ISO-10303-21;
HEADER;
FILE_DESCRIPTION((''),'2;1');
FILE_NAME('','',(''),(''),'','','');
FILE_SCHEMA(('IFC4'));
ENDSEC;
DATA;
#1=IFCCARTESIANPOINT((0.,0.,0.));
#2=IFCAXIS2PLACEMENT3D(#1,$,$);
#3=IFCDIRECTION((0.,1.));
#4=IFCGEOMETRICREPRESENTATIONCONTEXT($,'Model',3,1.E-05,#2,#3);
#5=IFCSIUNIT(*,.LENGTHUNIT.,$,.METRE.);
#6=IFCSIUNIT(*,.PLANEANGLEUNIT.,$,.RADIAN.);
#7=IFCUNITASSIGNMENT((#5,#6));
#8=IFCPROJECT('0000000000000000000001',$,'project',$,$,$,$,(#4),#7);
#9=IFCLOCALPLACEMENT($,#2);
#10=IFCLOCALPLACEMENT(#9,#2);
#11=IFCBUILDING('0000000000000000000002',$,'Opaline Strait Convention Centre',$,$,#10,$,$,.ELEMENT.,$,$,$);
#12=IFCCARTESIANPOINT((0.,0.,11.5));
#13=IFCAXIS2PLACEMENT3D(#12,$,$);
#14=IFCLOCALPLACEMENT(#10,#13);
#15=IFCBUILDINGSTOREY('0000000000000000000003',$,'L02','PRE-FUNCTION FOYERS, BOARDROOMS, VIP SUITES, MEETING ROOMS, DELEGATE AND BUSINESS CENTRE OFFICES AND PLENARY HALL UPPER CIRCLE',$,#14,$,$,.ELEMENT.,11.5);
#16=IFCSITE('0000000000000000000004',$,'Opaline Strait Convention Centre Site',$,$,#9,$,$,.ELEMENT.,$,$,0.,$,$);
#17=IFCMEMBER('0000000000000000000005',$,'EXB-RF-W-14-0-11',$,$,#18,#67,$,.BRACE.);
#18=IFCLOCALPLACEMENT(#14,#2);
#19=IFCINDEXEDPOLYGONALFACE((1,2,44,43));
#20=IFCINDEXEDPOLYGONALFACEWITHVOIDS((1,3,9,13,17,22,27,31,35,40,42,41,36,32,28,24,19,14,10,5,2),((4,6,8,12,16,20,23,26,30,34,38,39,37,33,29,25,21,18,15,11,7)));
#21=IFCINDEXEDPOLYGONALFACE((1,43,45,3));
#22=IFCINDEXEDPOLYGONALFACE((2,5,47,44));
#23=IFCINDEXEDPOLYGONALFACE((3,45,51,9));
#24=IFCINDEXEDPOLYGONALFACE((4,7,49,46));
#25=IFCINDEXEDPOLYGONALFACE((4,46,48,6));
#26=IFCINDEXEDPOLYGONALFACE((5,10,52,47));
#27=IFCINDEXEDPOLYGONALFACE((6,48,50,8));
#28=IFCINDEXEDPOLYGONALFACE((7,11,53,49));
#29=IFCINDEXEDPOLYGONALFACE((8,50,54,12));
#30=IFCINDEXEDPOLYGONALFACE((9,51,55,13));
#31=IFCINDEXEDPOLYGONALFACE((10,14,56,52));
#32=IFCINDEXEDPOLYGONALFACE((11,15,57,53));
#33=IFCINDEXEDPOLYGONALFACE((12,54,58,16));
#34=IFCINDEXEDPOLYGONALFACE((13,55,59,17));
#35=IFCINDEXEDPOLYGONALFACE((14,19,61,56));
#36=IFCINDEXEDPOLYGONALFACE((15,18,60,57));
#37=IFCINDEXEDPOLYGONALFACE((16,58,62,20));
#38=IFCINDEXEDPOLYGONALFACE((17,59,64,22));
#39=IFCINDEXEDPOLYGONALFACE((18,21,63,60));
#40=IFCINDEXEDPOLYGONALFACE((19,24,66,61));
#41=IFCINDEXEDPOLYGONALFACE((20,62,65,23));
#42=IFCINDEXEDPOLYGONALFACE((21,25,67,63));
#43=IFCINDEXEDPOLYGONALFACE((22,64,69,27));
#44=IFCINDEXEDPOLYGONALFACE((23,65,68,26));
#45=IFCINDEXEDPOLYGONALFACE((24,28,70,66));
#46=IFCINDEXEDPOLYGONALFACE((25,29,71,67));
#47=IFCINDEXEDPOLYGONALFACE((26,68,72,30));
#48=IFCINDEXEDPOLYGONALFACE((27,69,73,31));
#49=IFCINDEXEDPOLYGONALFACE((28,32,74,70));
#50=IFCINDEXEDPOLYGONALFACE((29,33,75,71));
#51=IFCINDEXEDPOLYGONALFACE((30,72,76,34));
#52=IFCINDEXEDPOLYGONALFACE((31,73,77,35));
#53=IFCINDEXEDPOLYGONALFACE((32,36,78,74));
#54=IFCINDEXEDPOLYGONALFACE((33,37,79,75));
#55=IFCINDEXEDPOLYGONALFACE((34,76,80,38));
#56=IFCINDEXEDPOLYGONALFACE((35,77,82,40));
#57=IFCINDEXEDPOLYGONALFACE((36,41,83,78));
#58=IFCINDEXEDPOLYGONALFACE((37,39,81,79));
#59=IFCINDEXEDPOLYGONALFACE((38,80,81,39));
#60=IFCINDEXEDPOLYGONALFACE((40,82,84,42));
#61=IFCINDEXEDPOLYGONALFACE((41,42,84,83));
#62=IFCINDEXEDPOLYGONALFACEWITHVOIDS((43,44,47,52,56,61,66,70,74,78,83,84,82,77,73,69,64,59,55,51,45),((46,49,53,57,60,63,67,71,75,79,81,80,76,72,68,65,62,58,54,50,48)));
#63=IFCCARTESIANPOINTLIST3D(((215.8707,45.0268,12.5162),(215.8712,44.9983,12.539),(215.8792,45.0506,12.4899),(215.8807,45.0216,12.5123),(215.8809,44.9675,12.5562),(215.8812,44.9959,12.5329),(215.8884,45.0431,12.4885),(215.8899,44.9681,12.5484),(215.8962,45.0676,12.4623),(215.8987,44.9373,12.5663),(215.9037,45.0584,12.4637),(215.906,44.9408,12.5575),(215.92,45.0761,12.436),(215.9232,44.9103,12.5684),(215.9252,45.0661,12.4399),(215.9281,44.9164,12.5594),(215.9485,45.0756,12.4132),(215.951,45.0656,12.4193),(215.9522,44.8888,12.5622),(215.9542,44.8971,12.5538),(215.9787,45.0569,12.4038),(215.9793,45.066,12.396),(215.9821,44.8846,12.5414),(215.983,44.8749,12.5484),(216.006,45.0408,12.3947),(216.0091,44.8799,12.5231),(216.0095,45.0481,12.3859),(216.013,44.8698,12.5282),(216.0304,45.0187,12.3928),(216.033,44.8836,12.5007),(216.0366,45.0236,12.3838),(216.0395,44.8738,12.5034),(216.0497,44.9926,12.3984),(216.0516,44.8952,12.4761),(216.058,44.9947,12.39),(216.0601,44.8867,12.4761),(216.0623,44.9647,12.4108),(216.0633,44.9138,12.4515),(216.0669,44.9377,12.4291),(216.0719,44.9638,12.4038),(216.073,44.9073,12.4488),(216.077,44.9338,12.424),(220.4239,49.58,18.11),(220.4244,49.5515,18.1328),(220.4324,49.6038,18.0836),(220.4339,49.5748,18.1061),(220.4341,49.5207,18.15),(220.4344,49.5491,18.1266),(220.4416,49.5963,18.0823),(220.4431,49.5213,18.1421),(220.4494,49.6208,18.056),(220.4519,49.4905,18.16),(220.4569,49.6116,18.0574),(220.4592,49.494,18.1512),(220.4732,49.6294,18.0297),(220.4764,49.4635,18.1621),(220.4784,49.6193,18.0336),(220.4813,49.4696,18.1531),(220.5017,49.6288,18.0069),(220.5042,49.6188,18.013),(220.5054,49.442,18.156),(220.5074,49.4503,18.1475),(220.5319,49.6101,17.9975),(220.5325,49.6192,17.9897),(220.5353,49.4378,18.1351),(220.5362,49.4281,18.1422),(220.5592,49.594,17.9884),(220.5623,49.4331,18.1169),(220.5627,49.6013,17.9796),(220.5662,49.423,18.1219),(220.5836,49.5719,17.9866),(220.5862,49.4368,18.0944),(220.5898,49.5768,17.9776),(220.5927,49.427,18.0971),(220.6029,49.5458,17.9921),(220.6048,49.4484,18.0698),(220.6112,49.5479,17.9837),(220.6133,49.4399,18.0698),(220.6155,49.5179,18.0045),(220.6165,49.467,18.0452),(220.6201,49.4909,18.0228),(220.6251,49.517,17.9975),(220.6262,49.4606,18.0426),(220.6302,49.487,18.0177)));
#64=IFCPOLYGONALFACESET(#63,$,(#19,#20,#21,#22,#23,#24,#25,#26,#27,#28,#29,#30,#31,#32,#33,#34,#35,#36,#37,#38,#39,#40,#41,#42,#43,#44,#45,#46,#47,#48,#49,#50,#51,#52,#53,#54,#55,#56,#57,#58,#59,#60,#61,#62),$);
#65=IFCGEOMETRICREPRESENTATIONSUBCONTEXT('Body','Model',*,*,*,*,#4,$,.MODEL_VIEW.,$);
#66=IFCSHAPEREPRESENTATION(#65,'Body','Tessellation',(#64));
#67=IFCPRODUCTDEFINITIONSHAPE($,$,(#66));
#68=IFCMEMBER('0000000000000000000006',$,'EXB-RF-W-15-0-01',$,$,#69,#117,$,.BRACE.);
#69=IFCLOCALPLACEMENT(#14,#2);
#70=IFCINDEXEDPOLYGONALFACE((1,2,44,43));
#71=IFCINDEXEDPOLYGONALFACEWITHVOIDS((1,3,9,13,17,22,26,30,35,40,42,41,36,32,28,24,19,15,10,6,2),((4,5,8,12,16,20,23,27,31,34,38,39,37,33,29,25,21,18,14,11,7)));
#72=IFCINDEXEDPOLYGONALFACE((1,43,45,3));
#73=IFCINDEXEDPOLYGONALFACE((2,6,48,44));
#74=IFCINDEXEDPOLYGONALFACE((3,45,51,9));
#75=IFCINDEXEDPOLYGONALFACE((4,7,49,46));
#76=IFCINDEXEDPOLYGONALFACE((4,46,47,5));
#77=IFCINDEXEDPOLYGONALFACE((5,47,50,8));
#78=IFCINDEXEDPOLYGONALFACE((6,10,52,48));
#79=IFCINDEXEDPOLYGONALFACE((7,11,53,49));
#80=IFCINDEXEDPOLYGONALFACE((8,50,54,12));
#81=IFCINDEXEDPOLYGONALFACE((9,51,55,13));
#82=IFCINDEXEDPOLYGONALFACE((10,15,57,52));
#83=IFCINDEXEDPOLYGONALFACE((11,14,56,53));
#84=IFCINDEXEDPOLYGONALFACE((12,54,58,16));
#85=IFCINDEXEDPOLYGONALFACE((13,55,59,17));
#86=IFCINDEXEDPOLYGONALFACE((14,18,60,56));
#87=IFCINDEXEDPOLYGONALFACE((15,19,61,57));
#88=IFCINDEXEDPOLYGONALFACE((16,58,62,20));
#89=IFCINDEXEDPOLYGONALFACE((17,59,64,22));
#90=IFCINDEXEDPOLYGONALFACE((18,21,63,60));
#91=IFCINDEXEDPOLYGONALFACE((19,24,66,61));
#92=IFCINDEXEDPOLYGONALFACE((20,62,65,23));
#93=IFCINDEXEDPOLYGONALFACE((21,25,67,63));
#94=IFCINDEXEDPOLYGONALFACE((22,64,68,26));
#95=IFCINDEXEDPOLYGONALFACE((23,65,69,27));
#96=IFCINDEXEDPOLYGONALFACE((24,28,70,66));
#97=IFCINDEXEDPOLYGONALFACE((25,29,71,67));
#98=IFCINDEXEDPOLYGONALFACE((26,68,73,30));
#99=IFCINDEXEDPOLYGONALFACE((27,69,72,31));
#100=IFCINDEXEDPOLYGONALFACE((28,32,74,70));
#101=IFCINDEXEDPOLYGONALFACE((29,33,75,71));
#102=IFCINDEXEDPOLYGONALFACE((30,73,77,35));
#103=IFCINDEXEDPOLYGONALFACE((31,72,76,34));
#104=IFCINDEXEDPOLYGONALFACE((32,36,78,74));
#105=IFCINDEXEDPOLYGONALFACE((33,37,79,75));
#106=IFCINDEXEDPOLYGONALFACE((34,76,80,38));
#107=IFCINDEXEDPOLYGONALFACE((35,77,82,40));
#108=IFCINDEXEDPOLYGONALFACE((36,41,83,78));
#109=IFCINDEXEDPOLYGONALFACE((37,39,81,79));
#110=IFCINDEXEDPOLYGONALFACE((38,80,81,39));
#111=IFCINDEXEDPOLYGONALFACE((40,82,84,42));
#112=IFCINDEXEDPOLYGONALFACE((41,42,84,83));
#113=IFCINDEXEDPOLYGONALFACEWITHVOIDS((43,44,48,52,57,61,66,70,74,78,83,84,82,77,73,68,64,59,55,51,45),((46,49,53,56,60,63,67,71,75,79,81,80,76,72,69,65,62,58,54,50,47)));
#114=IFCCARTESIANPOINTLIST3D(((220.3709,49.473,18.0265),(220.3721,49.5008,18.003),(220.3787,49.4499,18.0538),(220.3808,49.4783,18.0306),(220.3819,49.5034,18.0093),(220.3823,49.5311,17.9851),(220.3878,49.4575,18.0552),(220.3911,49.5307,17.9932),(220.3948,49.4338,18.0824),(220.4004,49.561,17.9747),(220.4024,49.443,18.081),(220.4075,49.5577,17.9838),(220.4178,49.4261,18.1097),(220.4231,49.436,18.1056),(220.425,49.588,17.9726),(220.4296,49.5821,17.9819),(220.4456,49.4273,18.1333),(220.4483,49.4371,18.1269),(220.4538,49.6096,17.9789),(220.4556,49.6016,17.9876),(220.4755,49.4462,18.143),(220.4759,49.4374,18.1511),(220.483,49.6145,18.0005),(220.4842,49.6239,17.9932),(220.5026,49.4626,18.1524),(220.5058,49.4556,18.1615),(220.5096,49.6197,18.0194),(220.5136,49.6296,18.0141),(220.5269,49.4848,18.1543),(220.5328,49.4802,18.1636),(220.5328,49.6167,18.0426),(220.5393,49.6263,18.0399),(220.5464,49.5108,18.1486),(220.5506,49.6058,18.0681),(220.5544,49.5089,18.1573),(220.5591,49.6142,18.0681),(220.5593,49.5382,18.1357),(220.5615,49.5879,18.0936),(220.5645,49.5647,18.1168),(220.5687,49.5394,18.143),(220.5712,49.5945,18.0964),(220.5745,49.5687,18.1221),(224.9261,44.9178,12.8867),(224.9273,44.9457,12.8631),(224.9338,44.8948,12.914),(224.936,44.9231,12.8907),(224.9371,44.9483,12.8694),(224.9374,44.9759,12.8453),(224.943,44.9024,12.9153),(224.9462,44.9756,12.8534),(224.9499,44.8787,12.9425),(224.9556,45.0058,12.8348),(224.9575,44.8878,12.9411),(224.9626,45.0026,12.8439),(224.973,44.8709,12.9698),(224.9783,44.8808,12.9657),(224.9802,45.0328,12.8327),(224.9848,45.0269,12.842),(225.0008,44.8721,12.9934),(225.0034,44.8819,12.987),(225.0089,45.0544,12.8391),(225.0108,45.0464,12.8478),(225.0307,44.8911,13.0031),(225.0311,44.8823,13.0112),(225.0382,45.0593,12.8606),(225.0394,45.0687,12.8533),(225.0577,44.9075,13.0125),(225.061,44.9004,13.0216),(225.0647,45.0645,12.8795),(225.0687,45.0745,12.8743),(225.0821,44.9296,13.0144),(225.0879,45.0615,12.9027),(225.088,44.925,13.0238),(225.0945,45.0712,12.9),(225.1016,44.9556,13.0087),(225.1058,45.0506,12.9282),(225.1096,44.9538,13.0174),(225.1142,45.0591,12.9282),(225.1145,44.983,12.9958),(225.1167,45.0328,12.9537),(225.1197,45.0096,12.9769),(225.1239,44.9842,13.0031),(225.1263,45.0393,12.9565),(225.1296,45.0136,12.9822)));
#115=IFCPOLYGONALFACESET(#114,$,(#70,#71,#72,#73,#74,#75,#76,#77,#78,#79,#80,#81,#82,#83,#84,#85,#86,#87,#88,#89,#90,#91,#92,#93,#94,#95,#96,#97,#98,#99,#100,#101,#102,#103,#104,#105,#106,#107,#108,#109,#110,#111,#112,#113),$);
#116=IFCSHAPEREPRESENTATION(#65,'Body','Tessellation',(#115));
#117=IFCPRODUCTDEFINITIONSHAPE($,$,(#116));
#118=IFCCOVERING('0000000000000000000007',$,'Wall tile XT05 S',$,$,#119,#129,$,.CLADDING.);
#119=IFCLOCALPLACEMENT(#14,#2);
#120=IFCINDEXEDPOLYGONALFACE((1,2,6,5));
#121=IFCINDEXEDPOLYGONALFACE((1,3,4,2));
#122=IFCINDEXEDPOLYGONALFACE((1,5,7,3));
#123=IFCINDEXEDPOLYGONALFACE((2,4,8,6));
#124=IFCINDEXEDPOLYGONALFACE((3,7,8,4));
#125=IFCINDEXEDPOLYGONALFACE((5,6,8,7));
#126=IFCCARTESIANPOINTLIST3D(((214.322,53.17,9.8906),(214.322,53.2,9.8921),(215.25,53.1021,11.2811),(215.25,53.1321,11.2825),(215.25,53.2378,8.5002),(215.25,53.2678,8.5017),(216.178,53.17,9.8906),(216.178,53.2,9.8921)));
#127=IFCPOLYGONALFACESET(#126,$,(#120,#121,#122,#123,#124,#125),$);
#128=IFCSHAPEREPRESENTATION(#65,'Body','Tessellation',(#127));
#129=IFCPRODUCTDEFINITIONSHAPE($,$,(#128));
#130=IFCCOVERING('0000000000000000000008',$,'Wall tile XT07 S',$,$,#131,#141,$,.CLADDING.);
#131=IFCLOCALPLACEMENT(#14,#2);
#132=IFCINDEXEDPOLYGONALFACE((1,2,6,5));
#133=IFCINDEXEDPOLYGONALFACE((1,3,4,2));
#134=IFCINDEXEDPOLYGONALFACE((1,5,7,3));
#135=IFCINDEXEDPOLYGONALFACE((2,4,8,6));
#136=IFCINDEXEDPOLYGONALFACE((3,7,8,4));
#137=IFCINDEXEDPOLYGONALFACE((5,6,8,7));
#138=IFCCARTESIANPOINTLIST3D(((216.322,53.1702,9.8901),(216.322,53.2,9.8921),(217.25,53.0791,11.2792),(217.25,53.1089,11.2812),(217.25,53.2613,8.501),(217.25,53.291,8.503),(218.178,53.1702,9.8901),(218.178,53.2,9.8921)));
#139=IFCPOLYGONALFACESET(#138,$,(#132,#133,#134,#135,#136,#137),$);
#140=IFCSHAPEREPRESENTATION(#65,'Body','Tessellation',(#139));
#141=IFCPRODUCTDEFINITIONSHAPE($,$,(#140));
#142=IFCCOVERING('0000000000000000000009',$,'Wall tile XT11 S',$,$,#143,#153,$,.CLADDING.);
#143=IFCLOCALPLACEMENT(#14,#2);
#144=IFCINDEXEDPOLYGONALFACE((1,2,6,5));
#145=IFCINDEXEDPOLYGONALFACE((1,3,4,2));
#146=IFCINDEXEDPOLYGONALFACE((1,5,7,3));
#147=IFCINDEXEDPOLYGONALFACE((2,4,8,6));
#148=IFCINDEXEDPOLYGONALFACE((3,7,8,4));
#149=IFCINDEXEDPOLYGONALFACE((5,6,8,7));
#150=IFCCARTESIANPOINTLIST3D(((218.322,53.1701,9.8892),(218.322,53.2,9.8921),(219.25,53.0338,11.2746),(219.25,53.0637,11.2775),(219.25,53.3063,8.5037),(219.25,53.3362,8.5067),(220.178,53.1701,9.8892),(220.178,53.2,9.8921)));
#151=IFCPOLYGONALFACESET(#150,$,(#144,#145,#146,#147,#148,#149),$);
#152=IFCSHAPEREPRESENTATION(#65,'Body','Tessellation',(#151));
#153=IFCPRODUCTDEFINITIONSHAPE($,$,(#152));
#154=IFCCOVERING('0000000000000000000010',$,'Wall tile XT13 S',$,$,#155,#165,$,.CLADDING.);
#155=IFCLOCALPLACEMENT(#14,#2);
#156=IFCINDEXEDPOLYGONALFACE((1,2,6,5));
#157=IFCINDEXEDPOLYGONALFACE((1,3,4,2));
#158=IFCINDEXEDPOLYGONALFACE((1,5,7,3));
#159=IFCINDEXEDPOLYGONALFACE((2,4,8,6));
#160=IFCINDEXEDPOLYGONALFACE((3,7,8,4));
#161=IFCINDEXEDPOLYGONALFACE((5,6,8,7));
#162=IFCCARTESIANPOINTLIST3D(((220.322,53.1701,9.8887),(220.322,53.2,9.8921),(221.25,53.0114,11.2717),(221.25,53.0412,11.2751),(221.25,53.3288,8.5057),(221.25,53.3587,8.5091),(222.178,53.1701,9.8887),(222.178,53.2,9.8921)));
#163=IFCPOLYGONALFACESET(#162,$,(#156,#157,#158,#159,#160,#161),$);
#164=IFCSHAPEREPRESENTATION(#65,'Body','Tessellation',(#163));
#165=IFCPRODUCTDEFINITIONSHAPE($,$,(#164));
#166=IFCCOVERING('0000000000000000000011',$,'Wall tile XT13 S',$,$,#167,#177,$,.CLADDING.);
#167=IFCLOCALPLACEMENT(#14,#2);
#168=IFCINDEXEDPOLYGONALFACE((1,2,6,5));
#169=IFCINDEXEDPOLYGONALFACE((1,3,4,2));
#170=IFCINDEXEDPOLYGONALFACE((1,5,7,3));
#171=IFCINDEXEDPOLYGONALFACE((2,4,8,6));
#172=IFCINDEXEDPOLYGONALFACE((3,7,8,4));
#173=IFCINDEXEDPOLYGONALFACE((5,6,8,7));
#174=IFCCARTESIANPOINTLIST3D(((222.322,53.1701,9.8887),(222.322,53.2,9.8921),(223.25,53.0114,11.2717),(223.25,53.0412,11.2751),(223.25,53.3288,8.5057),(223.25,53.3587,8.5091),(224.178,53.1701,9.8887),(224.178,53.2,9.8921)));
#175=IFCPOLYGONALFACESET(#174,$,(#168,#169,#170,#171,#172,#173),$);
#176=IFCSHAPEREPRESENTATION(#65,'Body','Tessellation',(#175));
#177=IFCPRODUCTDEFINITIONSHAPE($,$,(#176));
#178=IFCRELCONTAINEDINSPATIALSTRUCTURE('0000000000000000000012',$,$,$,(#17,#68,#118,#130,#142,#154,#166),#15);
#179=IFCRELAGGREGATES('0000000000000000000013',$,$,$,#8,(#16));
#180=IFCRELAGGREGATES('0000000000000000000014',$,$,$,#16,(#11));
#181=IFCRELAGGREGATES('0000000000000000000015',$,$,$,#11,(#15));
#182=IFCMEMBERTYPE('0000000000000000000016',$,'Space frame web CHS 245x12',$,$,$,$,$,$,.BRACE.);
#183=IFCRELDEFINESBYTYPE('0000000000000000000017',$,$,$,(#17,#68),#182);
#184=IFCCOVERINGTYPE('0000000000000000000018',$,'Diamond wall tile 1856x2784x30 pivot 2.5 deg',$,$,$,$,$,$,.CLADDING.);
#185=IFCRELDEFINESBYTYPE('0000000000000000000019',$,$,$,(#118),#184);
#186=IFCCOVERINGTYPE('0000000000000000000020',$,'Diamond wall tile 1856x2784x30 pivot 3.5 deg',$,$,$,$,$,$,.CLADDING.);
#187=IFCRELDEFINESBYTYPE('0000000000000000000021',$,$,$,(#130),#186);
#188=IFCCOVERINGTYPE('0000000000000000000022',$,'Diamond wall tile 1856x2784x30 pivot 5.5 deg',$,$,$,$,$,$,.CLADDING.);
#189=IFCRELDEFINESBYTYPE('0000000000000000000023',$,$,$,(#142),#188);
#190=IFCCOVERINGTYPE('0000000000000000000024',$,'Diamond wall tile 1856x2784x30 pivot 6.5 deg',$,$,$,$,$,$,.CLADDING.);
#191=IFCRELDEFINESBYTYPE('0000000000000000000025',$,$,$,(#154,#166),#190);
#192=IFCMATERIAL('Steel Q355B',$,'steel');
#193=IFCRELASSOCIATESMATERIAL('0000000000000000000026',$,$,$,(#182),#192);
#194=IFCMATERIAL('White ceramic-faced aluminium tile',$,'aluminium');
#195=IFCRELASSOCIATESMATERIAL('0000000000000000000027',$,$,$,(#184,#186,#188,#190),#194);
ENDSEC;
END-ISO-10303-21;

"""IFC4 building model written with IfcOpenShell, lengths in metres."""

from ifc_helpers import new_model, si_unit, direction, frame, origin, origin_2d, place, context, subcontext, project, spatial, polyline, hollow_circle, outline, extrude, material, material_profile, profile_set, type_object, element, save


model = new_model("IFC4")

# Units and contexts
model_context = context("Model", 3, precision=1e-05, world=origin(), true_north=direction((0.0, 1.0)))
body_context = subcontext(model_context, "Body", "Model", "MODEL_VIEW")
ifc_project = project(units=[si_unit("LENGTHUNIT", "METRE"), si_unit("PLANEANGLEUNIT", "RADIAN")], contexts=[model_context])

# Site, building, storey
site_placement = place(None, origin())
site = spatial("IfcSite", under=ifc_project, at=site_placement, Name="Opaline Strait Convention Centre Site", CompositionType="ELEMENT", RefElevation=0.0)
building_placement = place(site_placement, origin())
building = spatial("IfcBuilding", under=site, at=building_placement, Name="Opaline Strait Convention Centre", CompositionType="ELEMENT")
storey_placement = place(building_placement, frame((0.0, 0.0, 11.5)))
storey = spatial("IfcBuildingStorey", under=building, at=storey_placement, Name="L02", Description="PRE-FUNCTION FOYERS, BOARDROOMS, VIP SUITES, MEETING ROOMS, DELEGATE AND BUSINESS CENTRE OFFICES AND PLENARY HALL UPPER CIRCLE", CompositionType="ELEMENT", Elevation=11.5)

# Members
ifc_material_1 = material(Name="Steel Q355B", Category="steel")
ifc_material_profile_1 = material_profile(ifc_material_1, hollow_circle(Radius=0.1226, WallThickness=0.012, at=origin_2d()), Name="CHS 245x12")
ifc_profile_set_1 = profile_set([ifc_material_profile_1], Name="Steel Q355B")
member_type_1 = type_object("IfcMemberType", Name="Space frame web CHS 245x12", PredefinedType="BRACE", material=ifc_profile_set_1)
member_1_placement = place(storey_placement, frame((220.5266, 49.5266, 18.0698), z_axis=(-0.533816, -0.533816, -0.655806), x_axis=(0.707107, -0.707107, 0.0)))
element("IfcMember", 1, at=member_1_placement, inside=storey, type_object=member_type_1, Name="EXB-RF-W-14-0-11", PredefinedType="BRACE", context=body_context, shape_type="SweptSolid", body=[
    extrude(hollow_circle(Radius=0.1226, WallThickness=0.012, at=origin_2d()), origin(), (0.0, 0.0, 1.0), 8.5295),
])
member_2_placement = place(storey_placement, frame((220.4724, 49.5276, 18.0681), z_axis=(0.552731, -0.552731, -0.623681), x_axis=(0.707107, 0.707107, 0.0)))
element("IfcMember", 2, at=member_2_placement, inside=storey, type_object=member_type_1, Name="EXB-RF-W-15-0-01", PredefinedType="BRACE", context=body_context, shape_type="SweptSolid", body=[
    extrude(hollow_circle(Radius=0.1226, WallThickness=0.012, at=origin_2d()), origin(), (0.0, 0.0, 1.0), 8.2412),
])

# Coverings
ifc_material_2 = material(Name="White ceramic-faced aluminium tile", Category="aluminium")
ifc_material_profile_2 = material_profile(ifc_material_2, outline(polyline([(0.928, 0.0), (0.0, 1.3921), (-0.928, 0.0), (0.0, -1.3921), (0.928, 0.0)])), Name="Diamond tile 1856x2784")
ifc_profile_set_2 = profile_set([ifc_material_profile_2], Name="White ceramic-faced aluminium tile")
covering_type_1 = type_object("IfcCoveringType", Name="Diamond wall tile 1856x2784x30 pivot 2.5 deg", PredefinedType="CLADDING", material=ifc_profile_set_2)
covering_1_placement = place(storey_placement, frame((215.25, 53.2, 9.8921), z_axis=(0.0, -0.998812, -0.048723), x_axis=(1.0, 0.0, 0.0)))
element("IfcCovering", 3, at=covering_1_placement, inside=storey, type_object=covering_type_1, Name="Wall tile XT05 S", PredefinedType="CLADDING", context=body_context, shape_type="SweptSolid", body=[
    extrude(outline(polyline([(0.928, 0.0), (0.0, 1.3921), (-0.928, 0.0), (0.0, -1.3921), (0.928, 0.0)])), origin(), (0.0, 0.0, 1.0), 0.03),
])
ifc_material_profile_3 = material_profile(ifc_material_2, outline(polyline([(0.928, 0.0), (0.0, 1.3921), (-0.928, 0.0), (0.0, -1.3921), (0.928, 0.0)])), Name="Diamond tile 1856x2784")
ifc_profile_set_3 = profile_set([ifc_material_profile_3], Name="White ceramic-faced aluminium tile")
covering_type_2 = type_object("IfcCoveringType", Name="Diamond wall tile 1856x2784x30 pivot 3.5 deg", PredefinedType="CLADDING", material=ifc_profile_set_3)
covering_2_placement = place(storey_placement, frame((217.25, 53.2, 9.8921), z_axis=(0.0, -0.997857, -0.065433), x_axis=(1.0, 0.0, 0.0)))
element("IfcCovering", 4, at=covering_2_placement, inside=storey, type_object=covering_type_2, Name="Wall tile XT07 S", PredefinedType="CLADDING", context=body_context, shape_type="SweptSolid", body=[
    extrude(outline(polyline([(0.928, 0.0), (0.0, 1.3921), (-0.928, 0.0), (0.0, -1.3921), (0.928, 0.0)])), origin(), (0.0, 0.0, 1.0), 0.0298),
])
ifc_material_profile_4 = material_profile(ifc_material_2, outline(polyline([(0.928, 0.0), (0.0, 1.3921), (-0.928, 0.0), (0.0, -1.3921), (0.928, 0.0)])), Name="Diamond tile 1856x2784")
ifc_profile_set_4 = profile_set([ifc_material_profile_4], Name="White ceramic-faced aluminium tile")
covering_type_3 = type_object("IfcCoveringType", Name="Diamond wall tile 1856x2784x30 pivot 5.5 deg", PredefinedType="CLADDING", material=ifc_profile_set_4)
covering_3_placement = place(storey_placement, frame((219.25, 53.2, 9.8921), z_axis=(0.0, -0.995197, -0.097888), x_axis=(1.0, 0.0, 0.0)))
element("IfcCovering", 5, at=covering_3_placement, inside=storey, type_object=covering_type_3, Name="Wall tile XT11 S", PredefinedType="CLADDING", context=body_context, shape_type="SweptSolid", body=[
    extrude(outline(polyline([(0.928, 0.0), (0.0, 1.3921), (-0.928, 0.0), (0.0, -1.3921), (0.928, 0.0)])), origin(), (0.0, 0.0, 1.0), 0.03),
])
ifc_material_profile_5 = material_profile(ifc_material_2, outline(polyline([(0.928, 0.0), (0.0, 1.3921), (-0.928, 0.0), (0.0, -1.3921), (0.928, 0.0)])), Name="Diamond tile 1856x2784")
ifc_profile_set_5 = profile_set([ifc_material_profile_5], Name="White ceramic-faced aluminium tile")
covering_type_4 = type_object("IfcCoveringType", Name="Diamond wall tile 1856x2784x30 pivot 6.5 deg", PredefinedType="CLADDING", material=ifc_profile_set_5)
for number, where, z_axis, x_axis, name in (
    (6, (221.25, 53.2, 9.8921), (0.0, -0.99348, -0.114006), (1.0, 0.0, 0.0), "Wall tile XT13 S"),
    (7, (223.25, 53.2, 9.8921), (0.0, -0.99348, -0.114006), (1.0, 0.0, 0.0), "Wall tile XT13 S"),
):
    element("IfcCovering", number, at=place(storey_placement, frame(where, z_axis=z_axis, x_axis=x_axis)), inside=storey, type_object=covering_type_4, Name=name, PredefinedType="CLADDING", context=body_context, shape_type="SweptSolid", body=[
        extrude(outline(polyline([(0.928, 0.0), (0.0, 1.3921), (-0.928, 0.0), (0.0, -1.3921), (0.928, 0.0)])), origin(), (0.0, 0.0, 1.0), 0.03),
    ])

save(model, "model.ifc")
